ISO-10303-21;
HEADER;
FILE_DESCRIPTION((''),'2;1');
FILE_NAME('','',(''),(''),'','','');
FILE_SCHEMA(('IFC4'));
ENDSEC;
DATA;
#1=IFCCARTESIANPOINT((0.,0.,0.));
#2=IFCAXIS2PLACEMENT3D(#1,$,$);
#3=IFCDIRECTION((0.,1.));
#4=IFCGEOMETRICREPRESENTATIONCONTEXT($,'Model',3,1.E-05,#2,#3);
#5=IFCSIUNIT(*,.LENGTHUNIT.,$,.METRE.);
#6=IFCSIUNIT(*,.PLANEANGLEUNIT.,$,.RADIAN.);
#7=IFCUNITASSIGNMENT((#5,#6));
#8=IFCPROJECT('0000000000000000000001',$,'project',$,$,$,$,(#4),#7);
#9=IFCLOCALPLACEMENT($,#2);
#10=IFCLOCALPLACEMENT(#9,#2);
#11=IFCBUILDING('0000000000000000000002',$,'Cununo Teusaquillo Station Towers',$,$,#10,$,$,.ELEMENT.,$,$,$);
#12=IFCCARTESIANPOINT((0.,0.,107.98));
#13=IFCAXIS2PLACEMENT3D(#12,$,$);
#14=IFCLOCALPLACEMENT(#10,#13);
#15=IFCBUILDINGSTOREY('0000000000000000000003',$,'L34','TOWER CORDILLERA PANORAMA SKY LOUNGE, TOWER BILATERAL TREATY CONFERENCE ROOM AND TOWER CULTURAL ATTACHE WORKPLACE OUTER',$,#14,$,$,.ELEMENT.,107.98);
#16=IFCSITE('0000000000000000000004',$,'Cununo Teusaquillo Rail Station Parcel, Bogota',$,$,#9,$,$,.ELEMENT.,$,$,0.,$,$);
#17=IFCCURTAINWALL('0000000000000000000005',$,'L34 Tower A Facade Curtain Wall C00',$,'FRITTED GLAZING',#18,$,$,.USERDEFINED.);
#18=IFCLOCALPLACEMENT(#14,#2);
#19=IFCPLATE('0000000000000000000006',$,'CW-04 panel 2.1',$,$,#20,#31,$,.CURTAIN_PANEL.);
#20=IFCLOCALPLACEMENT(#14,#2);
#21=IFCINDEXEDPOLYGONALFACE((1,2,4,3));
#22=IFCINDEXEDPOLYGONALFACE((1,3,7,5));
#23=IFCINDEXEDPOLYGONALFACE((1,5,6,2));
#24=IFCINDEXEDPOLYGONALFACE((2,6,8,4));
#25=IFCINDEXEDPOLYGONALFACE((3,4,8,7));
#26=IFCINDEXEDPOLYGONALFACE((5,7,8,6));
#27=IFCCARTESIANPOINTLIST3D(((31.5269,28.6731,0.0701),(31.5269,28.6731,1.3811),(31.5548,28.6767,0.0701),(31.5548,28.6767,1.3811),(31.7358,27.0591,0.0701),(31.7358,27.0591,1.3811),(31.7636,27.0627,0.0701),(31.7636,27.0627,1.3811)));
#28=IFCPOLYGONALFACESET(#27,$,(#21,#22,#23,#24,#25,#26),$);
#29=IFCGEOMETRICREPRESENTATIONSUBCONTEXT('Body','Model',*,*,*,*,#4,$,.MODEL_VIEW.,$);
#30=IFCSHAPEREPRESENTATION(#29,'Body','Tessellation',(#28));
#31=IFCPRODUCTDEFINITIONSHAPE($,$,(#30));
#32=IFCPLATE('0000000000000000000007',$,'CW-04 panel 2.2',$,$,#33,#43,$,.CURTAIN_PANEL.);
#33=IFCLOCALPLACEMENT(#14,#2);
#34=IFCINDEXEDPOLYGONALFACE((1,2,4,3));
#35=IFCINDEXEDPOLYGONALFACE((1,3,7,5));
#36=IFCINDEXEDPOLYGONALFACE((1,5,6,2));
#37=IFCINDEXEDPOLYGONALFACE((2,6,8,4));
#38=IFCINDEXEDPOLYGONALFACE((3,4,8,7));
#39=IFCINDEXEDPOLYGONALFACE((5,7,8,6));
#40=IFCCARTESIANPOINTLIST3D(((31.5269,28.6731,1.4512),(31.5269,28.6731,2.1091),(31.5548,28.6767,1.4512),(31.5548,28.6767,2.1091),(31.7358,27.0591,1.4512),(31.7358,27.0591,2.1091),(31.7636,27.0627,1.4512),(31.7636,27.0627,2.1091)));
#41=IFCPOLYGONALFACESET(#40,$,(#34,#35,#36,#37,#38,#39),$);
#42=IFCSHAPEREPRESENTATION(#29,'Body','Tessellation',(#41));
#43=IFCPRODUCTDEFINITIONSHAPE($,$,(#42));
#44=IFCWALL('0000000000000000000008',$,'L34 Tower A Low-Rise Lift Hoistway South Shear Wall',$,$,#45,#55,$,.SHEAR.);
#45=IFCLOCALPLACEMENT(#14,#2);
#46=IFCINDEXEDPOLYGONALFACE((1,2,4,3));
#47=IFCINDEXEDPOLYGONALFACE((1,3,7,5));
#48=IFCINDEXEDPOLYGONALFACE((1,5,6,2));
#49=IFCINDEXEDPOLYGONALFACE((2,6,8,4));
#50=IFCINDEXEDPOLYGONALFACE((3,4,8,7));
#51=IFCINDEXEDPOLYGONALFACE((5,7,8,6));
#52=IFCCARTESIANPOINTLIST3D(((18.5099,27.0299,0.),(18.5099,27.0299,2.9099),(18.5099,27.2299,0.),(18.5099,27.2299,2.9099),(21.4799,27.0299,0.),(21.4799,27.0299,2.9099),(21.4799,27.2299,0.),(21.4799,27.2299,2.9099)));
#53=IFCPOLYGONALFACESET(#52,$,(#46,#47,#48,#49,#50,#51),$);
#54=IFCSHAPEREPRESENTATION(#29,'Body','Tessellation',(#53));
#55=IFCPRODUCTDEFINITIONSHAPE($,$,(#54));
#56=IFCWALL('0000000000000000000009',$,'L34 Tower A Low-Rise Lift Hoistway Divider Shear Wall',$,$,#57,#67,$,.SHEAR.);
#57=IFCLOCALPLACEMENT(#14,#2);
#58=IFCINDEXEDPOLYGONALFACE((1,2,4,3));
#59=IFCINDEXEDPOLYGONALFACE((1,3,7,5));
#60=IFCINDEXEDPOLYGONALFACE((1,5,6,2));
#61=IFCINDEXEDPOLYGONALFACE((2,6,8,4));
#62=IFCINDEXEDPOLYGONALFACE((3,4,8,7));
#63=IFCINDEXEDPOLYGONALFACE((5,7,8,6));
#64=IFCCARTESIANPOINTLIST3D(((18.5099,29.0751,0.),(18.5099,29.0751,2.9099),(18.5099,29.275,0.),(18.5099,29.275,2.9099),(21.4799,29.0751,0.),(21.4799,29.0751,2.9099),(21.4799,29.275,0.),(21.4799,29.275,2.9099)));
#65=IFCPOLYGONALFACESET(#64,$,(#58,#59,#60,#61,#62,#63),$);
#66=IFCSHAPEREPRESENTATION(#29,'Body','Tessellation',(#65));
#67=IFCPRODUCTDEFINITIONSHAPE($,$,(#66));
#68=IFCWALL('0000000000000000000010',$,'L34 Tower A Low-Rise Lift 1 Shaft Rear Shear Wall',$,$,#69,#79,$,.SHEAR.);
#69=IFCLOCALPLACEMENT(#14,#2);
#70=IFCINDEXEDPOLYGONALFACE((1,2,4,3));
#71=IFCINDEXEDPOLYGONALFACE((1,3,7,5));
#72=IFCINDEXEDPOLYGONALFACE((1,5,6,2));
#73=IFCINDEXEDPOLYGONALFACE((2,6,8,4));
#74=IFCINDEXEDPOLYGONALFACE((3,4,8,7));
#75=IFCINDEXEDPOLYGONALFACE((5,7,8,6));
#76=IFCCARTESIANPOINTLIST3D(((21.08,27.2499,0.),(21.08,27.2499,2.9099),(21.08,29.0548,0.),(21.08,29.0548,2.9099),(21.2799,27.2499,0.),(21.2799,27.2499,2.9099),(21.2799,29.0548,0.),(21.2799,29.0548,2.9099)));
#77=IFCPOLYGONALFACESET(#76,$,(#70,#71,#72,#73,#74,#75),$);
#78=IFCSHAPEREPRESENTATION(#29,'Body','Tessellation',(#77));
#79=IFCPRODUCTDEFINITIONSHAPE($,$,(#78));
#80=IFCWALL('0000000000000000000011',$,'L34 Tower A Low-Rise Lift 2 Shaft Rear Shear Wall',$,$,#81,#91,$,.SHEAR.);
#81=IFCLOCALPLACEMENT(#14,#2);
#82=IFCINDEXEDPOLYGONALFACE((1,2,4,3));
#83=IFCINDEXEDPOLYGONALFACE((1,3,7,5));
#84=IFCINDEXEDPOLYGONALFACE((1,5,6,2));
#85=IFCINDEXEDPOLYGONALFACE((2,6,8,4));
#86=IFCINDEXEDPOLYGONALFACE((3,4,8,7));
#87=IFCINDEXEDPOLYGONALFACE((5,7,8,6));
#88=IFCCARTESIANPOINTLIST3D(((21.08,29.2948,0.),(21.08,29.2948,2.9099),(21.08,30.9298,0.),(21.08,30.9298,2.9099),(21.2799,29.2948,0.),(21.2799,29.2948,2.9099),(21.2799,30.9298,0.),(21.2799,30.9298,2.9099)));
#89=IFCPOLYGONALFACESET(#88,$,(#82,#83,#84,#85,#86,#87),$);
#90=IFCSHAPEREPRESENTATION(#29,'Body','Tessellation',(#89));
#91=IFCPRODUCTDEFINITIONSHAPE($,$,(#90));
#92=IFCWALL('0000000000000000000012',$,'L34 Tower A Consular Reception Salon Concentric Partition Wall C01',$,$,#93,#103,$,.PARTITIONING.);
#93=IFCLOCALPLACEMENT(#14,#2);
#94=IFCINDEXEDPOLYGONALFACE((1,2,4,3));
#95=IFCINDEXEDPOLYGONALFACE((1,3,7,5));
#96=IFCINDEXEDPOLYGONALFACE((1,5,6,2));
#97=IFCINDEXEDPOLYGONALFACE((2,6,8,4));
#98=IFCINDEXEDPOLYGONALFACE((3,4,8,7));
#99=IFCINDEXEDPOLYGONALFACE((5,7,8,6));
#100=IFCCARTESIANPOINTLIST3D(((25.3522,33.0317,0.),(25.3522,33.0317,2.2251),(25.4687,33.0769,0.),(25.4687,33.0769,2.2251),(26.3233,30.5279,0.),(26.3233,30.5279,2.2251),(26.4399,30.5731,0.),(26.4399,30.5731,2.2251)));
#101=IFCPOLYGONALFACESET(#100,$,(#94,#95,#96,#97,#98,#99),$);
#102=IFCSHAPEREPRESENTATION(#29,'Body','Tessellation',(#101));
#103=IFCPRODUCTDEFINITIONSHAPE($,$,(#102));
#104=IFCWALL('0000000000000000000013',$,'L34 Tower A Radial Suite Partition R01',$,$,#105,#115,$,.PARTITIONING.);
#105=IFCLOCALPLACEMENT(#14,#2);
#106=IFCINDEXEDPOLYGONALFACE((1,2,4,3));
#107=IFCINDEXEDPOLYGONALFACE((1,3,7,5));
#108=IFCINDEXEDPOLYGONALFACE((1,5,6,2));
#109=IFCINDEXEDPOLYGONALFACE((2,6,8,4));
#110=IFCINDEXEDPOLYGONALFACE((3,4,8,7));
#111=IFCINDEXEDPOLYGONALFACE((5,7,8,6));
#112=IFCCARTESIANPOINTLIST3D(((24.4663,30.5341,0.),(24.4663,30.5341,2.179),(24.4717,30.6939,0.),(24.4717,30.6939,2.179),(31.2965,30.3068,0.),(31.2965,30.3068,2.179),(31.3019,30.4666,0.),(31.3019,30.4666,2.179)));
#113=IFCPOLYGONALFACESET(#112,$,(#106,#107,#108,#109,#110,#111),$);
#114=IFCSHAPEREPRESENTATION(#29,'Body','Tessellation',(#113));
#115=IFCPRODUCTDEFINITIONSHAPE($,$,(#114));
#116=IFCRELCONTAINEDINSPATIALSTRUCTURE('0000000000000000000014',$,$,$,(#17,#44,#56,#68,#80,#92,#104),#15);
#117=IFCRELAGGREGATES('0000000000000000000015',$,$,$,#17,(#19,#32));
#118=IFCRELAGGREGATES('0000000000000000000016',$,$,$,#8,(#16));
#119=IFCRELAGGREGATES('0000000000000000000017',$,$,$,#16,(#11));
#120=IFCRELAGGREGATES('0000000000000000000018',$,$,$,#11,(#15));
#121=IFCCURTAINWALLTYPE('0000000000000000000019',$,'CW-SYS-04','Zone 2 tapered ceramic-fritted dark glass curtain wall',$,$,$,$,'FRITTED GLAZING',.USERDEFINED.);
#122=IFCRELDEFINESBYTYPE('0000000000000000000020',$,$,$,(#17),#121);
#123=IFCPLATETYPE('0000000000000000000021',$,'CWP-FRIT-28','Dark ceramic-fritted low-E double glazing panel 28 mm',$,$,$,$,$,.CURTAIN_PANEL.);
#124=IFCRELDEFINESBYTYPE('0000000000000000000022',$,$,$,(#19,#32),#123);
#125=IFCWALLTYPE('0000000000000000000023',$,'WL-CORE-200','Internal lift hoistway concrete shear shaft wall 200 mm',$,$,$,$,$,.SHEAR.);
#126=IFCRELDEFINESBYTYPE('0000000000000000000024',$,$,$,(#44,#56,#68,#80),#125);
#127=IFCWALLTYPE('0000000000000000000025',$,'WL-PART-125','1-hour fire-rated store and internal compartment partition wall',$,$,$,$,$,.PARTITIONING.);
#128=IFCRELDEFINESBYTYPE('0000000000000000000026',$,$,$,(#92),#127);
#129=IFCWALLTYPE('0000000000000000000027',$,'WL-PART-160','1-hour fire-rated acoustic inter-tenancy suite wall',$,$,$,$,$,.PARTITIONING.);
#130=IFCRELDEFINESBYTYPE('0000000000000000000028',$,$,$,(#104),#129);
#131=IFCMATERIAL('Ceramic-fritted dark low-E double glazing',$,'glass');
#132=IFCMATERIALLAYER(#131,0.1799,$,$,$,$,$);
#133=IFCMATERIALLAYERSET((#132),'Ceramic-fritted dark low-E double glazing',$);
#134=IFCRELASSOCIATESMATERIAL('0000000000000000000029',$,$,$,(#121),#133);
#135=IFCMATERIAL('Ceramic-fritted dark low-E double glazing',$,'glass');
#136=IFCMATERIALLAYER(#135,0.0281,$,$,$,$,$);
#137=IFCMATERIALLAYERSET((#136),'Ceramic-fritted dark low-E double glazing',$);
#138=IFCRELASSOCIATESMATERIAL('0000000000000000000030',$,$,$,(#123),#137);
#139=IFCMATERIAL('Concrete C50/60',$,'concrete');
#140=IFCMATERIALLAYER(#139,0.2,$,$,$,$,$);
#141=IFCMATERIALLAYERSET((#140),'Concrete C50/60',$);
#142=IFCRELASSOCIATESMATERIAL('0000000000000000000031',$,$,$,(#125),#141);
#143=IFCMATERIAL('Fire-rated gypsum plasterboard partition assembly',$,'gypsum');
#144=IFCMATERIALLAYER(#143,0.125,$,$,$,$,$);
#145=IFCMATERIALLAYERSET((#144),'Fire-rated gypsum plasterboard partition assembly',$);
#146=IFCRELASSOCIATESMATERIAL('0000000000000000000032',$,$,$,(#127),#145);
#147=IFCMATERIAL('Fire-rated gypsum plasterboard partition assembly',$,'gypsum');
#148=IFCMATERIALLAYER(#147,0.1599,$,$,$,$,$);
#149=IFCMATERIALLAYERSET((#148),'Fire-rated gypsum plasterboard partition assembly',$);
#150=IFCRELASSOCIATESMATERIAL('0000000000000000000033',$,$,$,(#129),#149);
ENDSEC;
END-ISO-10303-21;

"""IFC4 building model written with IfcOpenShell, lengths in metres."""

from ifc_helpers import new_model, si_unit, direction, frame, frame_2d, origin, origin_2d, place, context, subcontext, project, spatial, rectangle, extrude, source, transform, mapped, material, layer, layer_set, type_object, element, aggregate, save


model = new_model("IFC4")

# Units and contexts
model_context = context("Model", 3, precision=1e-05, world=origin(), true_north=direction((0.0, 1.0)))
body_context = subcontext(model_context, "Body", "Model", "MODEL_VIEW")
ifc_project = project(units=[si_unit("LENGTHUNIT", "METRE"), si_unit("PLANEANGLEUNIT", "RADIAN")], contexts=[model_context])

# Site, building, storey
site_placement = place(None, origin())
site = spatial("IfcSite", under=ifc_project, at=site_placement, Name="Cununo Teusaquillo Rail Station Parcel, Bogota", CompositionType="ELEMENT", RefElevation=0.0)
building_placement = place(site_placement, origin())
building = spatial("IfcBuilding", under=site, at=building_placement, Name="Cununo Teusaquillo Station Towers", CompositionType="ELEMENT")
storey_placement = place(building_placement, frame((0.0, 0.0, 107.98)))
storey = spatial("IfcBuildingStorey", under=building, at=storey_placement, Name="L34", Description="TOWER CORDILLERA PANORAMA SKY LOUNGE, TOWER BILATERAL TREATY CONFERENCE ROOM AND TOWER CULTURAL ATTACHE WORKPLACE OUTER", CompositionType="ELEMENT", Elevation=107.98)

# Curtain wall, plates
ifc_material_1 = material(Name="Ceramic-fritted dark low-E double glazing", Category="glass")
ifc_layer_1 = layer(ifc_material_1, 0.1799)
ifc_layer_set_1 = layer_set([ifc_layer_1], Name="Ceramic-fritted dark low-E double glazing")
curtain_wall_type = type_object("IfcCurtainWallType", Name="CW-SYS-04", Description="Zone 2 tapered ceramic-fritted dark glass curtain wall", ElementType="FRITTED GLAZING", PredefinedType="USERDEFINED", material=ifc_layer_set_1)
curtain_wall_placement = place(storey_placement, origin())
curtain_wall = element("IfcCurtainWall", 1, at=curtain_wall_placement, inside=storey, type_object=curtain_wall_type, Name="L34 Tower A Facade Curtain Wall C00", ObjectType="FRITTED GLAZING", PredefinedType="USERDEFINED")
ifc_material_2 = material(Name="Ceramic-fritted dark low-E double glazing", Category="glass")
ifc_layer_2 = layer(ifc_material_2, 0.0281)
ifc_layer_set_2 = layer_set([ifc_layer_2], Name="Ceramic-fritted dark low-E double glazing")
plate_type = type_object("IfcPlateType", Name="CWP-FRIT-28", Description="Dark ceramic-fritted low-E double glazing panel 28 mm", PredefinedType="CURTAIN_PANEL", material=ifc_layer_set_2)
shared_shape_1 = source(origin(), body_context, "Body", "SweptSolid", [
    extrude(rectangle(XDim=1.6274, YDim=0.0281, at=origin_2d()), origin(), (0.0, 0.0, 1.0), 1.311),
])
plate_1_placement = place(storey_placement, frame((31.6453, 27.8679, 0.0701), z_axis=(0.0, 0.0, 1.0), x_axis=(0.128336, -0.991731, 0.0)))
plate_1 = element("IfcPlate", 2, at=plate_1_placement, type_object=plate_type, Name="CW-04 panel 2.1", PredefinedType="CURTAIN_PANEL", context=body_context, shape_type="MappedRepresentation", body=[
    mapped(shared_shape_1, transform((0.0, 0.0, 0.0), x_axis=(1.0, 0.0, 0.0), y_axis=(0.0, 1.0, 0.0), z_axis=(0.0, 0.0, 1.0), scale=1.0)),
])
shared_shape_2 = source(origin(), body_context, "Body", "SweptSolid", [
    extrude(rectangle(XDim=1.6274, YDim=0.0281, at=origin_2d()), origin(), (0.0, 0.0, 1.0), 0.658),
])
plate_2_placement = place(storey_placement, frame((31.6453, 27.8679, 1.4512), z_axis=(0.0, 0.0, 1.0), x_axis=(0.128336, -0.991731, 0.0)))
plate_2 = element("IfcPlate", 3, at=plate_2_placement, type_object=plate_type, Name="CW-04 panel 2.2", PredefinedType="CURTAIN_PANEL", context=body_context, shape_type="MappedRepresentation", body=[
    mapped(shared_shape_2, transform((0.0, 0.0, 0.0), x_axis=(1.0, 0.0, 0.0), y_axis=(0.0, 1.0, 0.0), z_axis=(0.0, 0.0, 1.0), scale=1.0)),
])
aggregate(curtain_wall, [plate_1, plate_2])

# Walls
ifc_material_3 = material(Name="Concrete C50/60", Category="concrete")
ifc_layer_3 = layer(ifc_material_3, 0.2)
ifc_layer_set_3 = layer_set([ifc_layer_3], Name="Concrete C50/60")
wall_type_1 = type_object("IfcWallType", Name="WL-CORE-200", Description="Internal lift hoistway concrete shear shaft wall 200 mm", PredefinedType="SHEAR", material=ifc_layer_set_3)
for number, where, z_axis, x_axis, name in (
    (4, (18.51, 27.1299, 0.0), (0.0, 0.0, 1.0), (1.0, 0.0, 0.0), "L34 Tower A Low-Rise Lift Hoistway South Shear Wall"),
    (5, (18.51, 29.175, 0.0), (0.0, 0.0, 1.0), (1.0, 0.0, 0.0), "L34 Tower A Low-Rise Lift Hoistway Divider Shear Wall"),
):
    element("IfcWall", number, at=place(storey_placement, frame(where, z_axis=z_axis, x_axis=x_axis)), inside=storey, type_object=wall_type_1, Name=name, PredefinedType="SHEAR", context=body_context, shape_type="SweptSolid", body=[
        extrude(rectangle(XDim=2.97, YDim=0.2, at=frame_2d((1.4849, 0.0))), origin(), (0.0, 0.0, 1.0), 2.9099),
    ])
wall_1_placement = place(storey_placement, frame((21.1799, 27.25, 0.0), z_axis=(0.0, 0.0, 1.0), x_axis=(0.0, 1.0, 0.0)))
element("IfcWall", 6, at=wall_1_placement, inside=storey, type_object=wall_type_1, Name="L34 Tower A Low-Rise Lift 1 Shaft Rear Shear Wall", PredefinedType="SHEAR", context=body_context, shape_type="SweptSolid", body=[
    extrude(rectangle(XDim=1.8049, YDim=0.2, at=frame_2d((0.9023, 0.0))), origin(), (0.0, 0.0, 1.0), 2.9099),
])
wall_2_placement = place(storey_placement, frame((21.1799, 29.2949, 0.0), z_axis=(0.0, 0.0, 1.0), x_axis=(0.0, 1.0, 0.0)))
element("IfcWall", 7, at=wall_2_placement, inside=storey, type_object=wall_type_1, Name="L34 Tower A Low-Rise Lift 2 Shaft Rear Shear Wall", PredefinedType="SHEAR", context=body_context, shape_type="SweptSolid", body=[
    extrude(rectangle(XDim=1.635, YDim=0.2, at=frame_2d((0.8174, 0.0))), origin(), (0.0, 0.0, 1.0), 2.9099),
])
ifc_material_4 = material(Name="Fire-rated gypsum plasterboard partition assembly", Category="gypsum")
ifc_layer_4 = layer(ifc_material_4, 0.125)
ifc_layer_set_4 = layer_set([ifc_layer_4], Name="Fire-rated gypsum plasterboard partition assembly")
wall_type_2 = type_object("IfcWallType", Name="WL-PART-125", Description="1-hour fire-rated store and internal compartment partition wall", PredefinedType="PARTITIONING", material=ifc_layer_set_4)
wall_3_placement = place(storey_placement, frame((26.3816, 30.5505, 0.0), z_axis=(0.0, 0.0, 1.0), x_axis=(-0.361621, 0.932325, 0.0)))
element("IfcWall", 8, at=wall_3_placement, inside=storey, type_object=wall_type_2, Name="L34 Tower A Consular Reception Salon Concentric Partition Wall C01", PredefinedType="PARTITIONING", context=body_context, shape_type="SweptSolid", body=[
    extrude(rectangle(XDim=2.6855, YDim=0.125, at=frame_2d((1.3428, 0.0))), origin(), (0.0, 0.0, 1.0), 2.2251),
])
ifc_material_5 = material(Name="Fire-rated gypsum plasterboard partition assembly", Category="gypsum")
ifc_layer_5 = layer(ifc_material_5, 0.1599)
ifc_layer_set_5 = layer_set([ifc_layer_5], Name="Fire-rated gypsum plasterboard partition assembly")
wall_type_3 = type_object("IfcWallType", Name="WL-PART-160", Description="1-hour fire-rated acoustic inter-tenancy suite wall", PredefinedType="PARTITIONING", material=ifc_layer_set_5)
wall_4_placement = place(storey_placement, frame((24.469, 30.614, 0.0), z_axis=(0.0, 0.0, 1.0), x_axis=(0.999447, -0.033259, 0.0)))
element("IfcWall", 9, at=wall_4_placement, inside=storey, type_object=wall_type_3, Name="L34 Tower A Radial Suite Partition R01", PredefinedType="PARTITIONING", context=body_context, shape_type="SweptSolid", body=[
    extrude(rectangle(XDim=6.834, YDim=0.1599, at=frame_2d((3.417, 0.0))), origin(), (0.0, 0.0, 1.0), 2.179),
])

save(model, "model.ifc")
